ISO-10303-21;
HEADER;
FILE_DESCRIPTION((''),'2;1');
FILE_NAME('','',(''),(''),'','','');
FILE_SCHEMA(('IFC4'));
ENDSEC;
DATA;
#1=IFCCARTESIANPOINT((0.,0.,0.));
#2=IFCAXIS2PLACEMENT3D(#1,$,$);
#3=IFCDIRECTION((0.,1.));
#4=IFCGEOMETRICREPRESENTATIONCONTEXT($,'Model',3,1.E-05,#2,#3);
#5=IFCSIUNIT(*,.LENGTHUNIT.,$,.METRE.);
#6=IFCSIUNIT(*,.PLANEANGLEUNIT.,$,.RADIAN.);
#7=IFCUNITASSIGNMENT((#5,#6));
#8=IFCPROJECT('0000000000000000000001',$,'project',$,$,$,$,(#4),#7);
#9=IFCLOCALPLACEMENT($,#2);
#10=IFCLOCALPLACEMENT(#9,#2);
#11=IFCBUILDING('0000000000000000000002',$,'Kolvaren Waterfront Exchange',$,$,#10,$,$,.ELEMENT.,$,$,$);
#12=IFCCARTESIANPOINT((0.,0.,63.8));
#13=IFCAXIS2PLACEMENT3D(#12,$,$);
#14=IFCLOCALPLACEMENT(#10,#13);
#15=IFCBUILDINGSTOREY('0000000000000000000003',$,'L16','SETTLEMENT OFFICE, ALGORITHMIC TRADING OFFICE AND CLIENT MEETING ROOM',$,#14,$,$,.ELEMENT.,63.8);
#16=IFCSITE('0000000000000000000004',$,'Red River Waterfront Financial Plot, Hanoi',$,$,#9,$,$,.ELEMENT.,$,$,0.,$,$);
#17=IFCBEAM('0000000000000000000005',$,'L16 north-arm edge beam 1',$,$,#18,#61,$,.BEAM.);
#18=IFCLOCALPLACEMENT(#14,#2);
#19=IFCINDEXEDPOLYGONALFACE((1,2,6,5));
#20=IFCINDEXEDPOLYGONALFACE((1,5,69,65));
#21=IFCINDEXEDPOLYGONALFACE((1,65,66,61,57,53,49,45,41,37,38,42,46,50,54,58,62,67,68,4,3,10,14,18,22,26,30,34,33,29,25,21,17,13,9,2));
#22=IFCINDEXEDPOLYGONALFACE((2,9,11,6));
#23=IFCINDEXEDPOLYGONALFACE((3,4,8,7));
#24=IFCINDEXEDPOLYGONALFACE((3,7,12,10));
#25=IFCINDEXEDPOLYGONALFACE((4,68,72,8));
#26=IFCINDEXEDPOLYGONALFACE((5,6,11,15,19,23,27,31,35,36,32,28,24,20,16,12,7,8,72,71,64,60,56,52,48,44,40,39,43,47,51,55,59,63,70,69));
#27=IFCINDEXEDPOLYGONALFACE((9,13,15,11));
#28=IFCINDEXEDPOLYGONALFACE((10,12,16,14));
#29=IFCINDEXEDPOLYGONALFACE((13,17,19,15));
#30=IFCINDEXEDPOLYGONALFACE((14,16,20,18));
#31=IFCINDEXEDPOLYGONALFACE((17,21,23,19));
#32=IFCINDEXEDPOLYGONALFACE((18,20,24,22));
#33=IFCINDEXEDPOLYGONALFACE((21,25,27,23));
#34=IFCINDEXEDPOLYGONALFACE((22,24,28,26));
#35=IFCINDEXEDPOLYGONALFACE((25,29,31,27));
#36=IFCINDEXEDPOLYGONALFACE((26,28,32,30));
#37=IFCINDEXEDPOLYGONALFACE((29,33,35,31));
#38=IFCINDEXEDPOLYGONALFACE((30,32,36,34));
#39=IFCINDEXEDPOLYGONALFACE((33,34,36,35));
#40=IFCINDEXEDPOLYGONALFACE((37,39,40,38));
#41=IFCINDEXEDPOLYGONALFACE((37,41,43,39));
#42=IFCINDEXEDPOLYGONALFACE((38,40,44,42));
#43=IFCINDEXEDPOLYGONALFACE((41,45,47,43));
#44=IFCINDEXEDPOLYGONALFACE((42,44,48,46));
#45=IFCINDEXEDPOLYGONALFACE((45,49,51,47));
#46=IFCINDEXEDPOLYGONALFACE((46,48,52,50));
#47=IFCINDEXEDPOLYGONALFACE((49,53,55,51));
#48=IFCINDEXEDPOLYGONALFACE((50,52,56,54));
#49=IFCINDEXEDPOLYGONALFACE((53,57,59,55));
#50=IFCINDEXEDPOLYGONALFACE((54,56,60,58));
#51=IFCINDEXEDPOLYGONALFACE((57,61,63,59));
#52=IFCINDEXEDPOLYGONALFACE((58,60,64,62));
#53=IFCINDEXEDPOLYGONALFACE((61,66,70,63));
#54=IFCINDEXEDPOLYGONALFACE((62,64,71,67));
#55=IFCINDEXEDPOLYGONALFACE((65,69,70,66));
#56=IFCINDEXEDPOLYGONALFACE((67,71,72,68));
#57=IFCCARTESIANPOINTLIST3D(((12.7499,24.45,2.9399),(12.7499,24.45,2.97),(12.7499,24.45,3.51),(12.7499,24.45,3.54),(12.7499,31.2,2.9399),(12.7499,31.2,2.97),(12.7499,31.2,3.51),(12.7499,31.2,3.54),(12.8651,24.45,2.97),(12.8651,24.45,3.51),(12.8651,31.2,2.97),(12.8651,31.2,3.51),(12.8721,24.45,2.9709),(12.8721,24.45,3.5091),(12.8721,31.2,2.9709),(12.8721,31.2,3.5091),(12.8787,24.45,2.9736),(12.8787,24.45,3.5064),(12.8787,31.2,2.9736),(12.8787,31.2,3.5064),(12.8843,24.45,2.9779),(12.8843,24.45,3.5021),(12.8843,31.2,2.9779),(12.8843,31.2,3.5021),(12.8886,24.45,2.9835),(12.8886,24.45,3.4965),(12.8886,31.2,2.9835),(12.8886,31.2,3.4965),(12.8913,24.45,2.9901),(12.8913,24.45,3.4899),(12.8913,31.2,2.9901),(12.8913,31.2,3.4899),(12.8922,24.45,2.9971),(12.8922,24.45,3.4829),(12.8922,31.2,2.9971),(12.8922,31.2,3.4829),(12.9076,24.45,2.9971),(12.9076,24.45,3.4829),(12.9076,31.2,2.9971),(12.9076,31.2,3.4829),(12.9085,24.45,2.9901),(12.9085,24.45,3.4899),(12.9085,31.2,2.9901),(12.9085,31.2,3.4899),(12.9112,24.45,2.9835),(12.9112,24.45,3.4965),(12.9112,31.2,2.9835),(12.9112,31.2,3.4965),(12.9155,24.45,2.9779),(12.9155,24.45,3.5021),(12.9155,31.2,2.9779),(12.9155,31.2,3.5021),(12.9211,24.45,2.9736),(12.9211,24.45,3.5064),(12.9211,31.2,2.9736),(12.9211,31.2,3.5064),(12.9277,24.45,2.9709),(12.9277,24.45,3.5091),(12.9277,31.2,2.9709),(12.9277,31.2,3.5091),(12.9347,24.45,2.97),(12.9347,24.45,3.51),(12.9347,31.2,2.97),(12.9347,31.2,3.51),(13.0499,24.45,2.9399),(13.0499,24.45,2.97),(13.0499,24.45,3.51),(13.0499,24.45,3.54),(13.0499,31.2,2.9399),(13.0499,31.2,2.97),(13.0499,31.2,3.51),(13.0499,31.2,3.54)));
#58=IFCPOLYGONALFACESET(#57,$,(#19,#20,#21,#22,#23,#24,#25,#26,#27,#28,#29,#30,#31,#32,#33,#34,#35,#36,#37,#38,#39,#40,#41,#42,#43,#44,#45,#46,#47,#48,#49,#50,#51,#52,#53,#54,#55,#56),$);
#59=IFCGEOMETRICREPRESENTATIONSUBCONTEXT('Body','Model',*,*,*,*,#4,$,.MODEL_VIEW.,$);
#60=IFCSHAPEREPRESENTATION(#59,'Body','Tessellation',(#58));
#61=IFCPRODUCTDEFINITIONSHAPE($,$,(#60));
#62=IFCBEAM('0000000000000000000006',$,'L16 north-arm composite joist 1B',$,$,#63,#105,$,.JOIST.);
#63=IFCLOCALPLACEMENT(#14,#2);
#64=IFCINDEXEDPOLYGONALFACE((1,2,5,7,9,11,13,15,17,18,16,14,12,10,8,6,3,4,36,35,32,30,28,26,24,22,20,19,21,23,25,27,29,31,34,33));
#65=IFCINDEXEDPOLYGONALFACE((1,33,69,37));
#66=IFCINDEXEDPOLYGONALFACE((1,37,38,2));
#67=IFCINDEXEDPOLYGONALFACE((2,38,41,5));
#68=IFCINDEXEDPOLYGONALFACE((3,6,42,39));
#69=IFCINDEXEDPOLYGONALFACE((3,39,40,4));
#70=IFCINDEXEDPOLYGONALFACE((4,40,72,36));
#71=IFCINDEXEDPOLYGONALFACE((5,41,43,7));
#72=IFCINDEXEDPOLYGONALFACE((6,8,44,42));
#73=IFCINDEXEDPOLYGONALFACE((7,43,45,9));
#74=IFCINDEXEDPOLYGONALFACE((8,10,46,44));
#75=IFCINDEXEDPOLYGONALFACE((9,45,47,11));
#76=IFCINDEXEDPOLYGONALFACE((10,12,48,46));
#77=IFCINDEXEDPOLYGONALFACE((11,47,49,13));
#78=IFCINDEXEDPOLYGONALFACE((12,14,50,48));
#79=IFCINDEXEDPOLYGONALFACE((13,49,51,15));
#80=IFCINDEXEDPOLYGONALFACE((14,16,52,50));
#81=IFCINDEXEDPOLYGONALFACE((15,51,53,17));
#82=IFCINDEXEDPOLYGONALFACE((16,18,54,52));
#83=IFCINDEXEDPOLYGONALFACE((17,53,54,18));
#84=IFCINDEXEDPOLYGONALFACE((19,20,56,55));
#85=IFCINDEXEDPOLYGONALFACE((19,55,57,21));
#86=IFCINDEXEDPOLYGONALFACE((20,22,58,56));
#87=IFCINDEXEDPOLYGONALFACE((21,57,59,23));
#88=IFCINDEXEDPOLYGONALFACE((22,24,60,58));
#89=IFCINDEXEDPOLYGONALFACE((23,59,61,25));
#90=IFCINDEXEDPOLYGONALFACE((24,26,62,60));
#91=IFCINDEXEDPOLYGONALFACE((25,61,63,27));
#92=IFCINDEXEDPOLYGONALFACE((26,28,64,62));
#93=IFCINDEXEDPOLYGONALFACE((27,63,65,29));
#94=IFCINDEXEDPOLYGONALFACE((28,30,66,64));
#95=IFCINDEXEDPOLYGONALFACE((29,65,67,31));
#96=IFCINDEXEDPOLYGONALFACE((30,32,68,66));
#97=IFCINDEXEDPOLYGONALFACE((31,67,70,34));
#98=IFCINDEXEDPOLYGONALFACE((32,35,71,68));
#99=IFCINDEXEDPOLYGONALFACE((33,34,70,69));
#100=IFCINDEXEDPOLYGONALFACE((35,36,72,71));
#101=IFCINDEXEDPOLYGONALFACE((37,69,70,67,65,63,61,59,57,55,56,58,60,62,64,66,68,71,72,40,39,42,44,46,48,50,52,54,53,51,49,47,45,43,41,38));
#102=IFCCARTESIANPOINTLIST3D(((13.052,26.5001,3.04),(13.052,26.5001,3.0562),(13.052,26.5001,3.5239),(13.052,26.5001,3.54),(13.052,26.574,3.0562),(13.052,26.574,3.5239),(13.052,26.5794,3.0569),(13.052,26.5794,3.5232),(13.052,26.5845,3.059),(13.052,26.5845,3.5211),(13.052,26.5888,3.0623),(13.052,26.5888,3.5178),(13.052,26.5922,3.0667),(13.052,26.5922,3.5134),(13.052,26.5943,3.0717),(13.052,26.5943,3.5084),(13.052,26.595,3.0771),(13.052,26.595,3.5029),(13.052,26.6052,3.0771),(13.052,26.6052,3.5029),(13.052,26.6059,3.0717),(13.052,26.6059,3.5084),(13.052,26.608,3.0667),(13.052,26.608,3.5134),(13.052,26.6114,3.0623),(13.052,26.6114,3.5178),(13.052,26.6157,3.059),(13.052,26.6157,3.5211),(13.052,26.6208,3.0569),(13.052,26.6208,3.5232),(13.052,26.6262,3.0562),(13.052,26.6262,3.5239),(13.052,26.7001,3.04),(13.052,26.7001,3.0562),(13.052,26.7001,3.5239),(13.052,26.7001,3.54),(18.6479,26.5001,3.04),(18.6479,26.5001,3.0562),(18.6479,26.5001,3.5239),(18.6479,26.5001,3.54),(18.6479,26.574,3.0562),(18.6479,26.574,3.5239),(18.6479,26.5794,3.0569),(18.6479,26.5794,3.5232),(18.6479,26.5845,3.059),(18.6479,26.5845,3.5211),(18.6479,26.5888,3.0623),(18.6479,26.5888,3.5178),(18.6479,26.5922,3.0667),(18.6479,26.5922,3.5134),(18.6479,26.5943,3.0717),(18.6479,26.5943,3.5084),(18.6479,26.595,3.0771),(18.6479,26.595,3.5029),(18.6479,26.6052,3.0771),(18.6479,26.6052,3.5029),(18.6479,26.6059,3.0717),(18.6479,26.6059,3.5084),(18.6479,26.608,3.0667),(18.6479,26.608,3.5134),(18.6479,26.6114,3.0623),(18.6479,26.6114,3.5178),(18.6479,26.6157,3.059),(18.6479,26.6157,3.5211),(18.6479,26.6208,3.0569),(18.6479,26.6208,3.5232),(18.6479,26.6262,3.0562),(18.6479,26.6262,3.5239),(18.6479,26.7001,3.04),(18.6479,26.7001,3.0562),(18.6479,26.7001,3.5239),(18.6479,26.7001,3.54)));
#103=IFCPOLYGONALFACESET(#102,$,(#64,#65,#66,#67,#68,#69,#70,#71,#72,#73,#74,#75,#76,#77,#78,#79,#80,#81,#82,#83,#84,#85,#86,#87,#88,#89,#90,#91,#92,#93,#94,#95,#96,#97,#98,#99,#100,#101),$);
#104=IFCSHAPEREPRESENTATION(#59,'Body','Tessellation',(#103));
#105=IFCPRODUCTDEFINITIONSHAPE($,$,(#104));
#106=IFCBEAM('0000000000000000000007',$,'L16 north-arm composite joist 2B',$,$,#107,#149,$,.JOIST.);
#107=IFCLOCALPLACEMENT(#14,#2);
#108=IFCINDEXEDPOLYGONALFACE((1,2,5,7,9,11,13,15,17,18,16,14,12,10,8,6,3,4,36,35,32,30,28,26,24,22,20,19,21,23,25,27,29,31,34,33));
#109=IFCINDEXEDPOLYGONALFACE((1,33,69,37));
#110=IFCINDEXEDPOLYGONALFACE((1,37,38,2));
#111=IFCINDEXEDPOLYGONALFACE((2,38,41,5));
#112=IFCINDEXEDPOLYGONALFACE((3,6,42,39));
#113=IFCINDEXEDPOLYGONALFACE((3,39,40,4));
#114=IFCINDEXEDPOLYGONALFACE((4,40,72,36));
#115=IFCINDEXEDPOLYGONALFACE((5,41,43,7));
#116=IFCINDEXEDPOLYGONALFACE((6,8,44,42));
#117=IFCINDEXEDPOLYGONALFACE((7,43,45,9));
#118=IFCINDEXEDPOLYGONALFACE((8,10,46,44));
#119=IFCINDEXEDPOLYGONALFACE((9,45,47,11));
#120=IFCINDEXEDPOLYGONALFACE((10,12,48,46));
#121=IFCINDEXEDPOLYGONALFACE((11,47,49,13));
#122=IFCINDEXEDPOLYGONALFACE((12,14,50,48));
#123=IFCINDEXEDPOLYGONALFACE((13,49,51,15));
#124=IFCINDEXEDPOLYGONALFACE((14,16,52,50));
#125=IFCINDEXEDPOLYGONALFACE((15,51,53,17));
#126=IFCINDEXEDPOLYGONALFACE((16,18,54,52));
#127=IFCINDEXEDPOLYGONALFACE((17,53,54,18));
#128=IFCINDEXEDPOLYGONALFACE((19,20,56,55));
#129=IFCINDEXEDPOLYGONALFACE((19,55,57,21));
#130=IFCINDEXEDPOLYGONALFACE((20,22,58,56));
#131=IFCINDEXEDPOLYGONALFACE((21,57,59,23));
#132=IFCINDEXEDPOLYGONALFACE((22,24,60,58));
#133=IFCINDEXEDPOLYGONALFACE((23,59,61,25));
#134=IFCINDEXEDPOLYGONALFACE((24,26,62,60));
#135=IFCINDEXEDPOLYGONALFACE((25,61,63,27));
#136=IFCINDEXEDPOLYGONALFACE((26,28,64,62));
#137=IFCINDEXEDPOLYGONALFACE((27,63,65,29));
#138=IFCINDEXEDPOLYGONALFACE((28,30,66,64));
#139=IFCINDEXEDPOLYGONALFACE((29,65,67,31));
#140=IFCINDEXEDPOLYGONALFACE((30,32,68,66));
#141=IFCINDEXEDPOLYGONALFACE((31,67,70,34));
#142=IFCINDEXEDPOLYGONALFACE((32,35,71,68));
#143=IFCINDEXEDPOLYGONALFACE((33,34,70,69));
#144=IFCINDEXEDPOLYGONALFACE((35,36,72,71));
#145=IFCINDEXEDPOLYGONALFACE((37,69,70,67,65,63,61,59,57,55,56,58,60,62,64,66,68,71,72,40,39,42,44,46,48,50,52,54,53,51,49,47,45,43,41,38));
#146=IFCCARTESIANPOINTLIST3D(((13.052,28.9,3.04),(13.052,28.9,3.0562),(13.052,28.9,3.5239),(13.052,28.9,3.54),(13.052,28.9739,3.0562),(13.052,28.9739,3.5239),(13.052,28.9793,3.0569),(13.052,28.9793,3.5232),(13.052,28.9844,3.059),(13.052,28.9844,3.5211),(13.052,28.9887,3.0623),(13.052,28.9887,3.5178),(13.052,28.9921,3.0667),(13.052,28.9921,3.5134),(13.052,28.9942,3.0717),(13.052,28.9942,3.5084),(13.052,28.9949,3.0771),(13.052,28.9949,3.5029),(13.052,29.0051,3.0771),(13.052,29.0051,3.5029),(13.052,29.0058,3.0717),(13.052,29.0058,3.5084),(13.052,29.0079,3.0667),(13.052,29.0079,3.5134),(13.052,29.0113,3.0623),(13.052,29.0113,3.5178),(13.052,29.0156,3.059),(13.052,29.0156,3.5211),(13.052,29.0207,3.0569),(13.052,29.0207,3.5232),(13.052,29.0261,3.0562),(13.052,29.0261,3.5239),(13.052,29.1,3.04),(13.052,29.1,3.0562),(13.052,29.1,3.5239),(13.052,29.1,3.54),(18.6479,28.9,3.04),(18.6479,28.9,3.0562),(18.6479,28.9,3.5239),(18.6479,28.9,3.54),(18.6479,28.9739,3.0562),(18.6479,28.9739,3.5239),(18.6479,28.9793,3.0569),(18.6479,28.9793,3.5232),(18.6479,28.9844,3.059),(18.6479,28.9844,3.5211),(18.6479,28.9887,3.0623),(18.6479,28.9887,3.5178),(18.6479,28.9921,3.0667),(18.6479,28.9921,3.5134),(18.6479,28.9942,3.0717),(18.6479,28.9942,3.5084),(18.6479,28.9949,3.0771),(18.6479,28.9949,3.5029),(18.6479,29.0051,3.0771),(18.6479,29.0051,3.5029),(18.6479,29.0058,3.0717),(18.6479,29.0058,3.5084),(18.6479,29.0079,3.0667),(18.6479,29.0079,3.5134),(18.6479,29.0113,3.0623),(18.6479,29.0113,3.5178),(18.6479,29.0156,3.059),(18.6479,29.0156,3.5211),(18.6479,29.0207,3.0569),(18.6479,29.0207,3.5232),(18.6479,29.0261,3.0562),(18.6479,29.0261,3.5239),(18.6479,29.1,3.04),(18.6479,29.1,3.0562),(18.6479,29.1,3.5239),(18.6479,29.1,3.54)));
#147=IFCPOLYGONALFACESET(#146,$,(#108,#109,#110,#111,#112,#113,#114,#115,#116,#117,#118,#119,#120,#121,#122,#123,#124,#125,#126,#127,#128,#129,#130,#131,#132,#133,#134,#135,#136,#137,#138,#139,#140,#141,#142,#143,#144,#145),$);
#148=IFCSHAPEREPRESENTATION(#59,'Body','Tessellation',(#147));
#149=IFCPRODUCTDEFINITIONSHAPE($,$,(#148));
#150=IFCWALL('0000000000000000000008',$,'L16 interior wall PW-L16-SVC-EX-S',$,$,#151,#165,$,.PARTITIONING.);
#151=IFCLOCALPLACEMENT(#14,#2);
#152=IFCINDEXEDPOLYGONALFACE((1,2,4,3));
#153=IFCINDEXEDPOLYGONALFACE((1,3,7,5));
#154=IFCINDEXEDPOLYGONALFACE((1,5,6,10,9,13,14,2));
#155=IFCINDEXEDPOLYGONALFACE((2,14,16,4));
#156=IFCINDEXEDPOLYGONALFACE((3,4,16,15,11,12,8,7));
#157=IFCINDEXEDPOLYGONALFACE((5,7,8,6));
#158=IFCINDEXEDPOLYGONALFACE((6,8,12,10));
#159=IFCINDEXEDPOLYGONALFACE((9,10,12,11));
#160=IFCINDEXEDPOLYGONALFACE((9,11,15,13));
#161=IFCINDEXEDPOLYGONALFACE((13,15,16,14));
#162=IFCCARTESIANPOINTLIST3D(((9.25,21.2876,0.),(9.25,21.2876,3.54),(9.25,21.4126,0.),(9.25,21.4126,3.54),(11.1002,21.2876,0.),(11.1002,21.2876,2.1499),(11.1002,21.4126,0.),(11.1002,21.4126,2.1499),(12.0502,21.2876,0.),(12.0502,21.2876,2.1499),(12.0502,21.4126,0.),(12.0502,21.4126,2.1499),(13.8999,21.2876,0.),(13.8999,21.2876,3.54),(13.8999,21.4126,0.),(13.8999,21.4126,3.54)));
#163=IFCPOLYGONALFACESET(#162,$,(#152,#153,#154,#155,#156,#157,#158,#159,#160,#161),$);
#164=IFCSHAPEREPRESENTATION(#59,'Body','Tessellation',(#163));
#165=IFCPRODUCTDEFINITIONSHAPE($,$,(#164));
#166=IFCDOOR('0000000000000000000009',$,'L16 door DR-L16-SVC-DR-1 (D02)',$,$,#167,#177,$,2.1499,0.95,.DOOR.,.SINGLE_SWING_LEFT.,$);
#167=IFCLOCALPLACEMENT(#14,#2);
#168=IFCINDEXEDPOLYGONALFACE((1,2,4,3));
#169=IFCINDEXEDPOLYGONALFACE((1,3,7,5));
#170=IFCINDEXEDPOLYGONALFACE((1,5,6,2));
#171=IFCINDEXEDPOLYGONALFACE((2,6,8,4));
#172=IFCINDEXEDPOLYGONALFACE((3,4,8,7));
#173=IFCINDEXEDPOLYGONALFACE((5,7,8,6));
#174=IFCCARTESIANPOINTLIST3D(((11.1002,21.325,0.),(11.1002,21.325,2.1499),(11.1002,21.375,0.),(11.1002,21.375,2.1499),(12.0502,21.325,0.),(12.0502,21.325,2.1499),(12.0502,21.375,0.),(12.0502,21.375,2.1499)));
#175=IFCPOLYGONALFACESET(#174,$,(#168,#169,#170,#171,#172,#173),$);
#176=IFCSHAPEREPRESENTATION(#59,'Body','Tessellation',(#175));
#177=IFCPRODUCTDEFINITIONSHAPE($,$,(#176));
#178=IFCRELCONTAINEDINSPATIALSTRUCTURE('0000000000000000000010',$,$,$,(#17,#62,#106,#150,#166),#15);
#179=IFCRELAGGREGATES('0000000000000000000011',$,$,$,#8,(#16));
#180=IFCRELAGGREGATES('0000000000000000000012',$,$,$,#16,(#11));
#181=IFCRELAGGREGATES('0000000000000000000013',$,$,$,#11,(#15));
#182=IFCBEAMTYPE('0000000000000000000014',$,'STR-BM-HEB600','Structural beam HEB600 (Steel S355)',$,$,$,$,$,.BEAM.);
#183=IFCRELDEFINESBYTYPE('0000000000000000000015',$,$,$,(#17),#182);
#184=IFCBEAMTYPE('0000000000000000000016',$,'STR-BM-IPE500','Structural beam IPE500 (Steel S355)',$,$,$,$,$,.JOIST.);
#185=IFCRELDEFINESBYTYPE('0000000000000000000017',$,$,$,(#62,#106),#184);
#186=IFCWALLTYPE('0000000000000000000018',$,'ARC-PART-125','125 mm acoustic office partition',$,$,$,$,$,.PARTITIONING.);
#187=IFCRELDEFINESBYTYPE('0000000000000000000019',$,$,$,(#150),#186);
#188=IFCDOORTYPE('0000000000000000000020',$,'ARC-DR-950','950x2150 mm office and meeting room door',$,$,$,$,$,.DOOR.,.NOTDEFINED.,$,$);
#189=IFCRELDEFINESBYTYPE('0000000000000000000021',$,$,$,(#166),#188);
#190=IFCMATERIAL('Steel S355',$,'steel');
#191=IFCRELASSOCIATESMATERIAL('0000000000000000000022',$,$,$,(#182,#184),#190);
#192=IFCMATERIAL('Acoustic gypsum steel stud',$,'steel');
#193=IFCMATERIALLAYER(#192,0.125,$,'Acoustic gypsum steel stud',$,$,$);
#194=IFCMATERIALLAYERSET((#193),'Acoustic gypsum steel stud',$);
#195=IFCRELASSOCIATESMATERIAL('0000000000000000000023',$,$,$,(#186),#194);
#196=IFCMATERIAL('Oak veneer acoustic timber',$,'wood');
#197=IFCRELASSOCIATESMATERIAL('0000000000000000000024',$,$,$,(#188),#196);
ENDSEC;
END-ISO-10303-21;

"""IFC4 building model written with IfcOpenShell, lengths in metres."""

from ifc_helpers import new_model, si_unit, direction, frame, frame_2d, origin, origin_2d, place, context, subcontext, project, spatial, rectangle, i_section, extrude, material, layer, layer_set, material_profile, profile_set, type_object, element, fill, save


model = new_model("IFC4")

# Units and contexts
model_context = context("Model", 3, precision=1e-05, world=origin(), true_north=direction((0.0, 1.0)))
body_context = subcontext(model_context, "Body", "Model", "MODEL_VIEW")
ifc_project = project(units=[si_unit("LENGTHUNIT", "METRE"), si_unit("PLANEANGLEUNIT", "RADIAN")], contexts=[model_context])

# Site, building, storey
site_placement = place(None, origin())
site = spatial("IfcSite", under=ifc_project, at=site_placement, Name="Red River Waterfront Financial Plot, Hanoi", CompositionType="ELEMENT", RefElevation=0.0)
building_placement = place(site_placement, origin())
building = spatial("IfcBuilding", under=site, at=building_placement, Name="Kolvaren Waterfront Exchange", CompositionType="ELEMENT")
storey_placement = place(building_placement, frame((0.0, 0.0, 63.8)))
storey = spatial("IfcBuildingStorey", under=building, at=storey_placement, Name="L16", Description="SETTLEMENT OFFICE, ALGORITHMIC TRADING OFFICE AND CLIENT MEETING ROOM", CompositionType="ELEMENT", Elevation=63.8)

# Beams
ifc_material_1 = material(Name="Steel S355", Category="steel")
ifc_material_profile_1 = material_profile(ifc_material_1, i_section(OverallWidth=0.3, OverallDepth=0.6001, WebThickness=0.0154, FlangeThickness=0.03, FilletRadius=0.0271, at=origin_2d()), Name="HEB600")
ifc_profile_set_1 = profile_set([ifc_material_profile_1], Name="Steel S355")
beam_type_1 = type_object("IfcBeamType", Name="STR-BM-HEB600", Description="Structural beam HEB600 (Steel S355)", PredefinedType="BEAM", material=ifc_profile_set_1)
beam_1_placement = place(storey_placement, frame((12.8999, 24.45, 3.24), z_axis=(0.0, 1.0, 0.0), x_axis=(-1.0, 0.0, 0.0)))
element("IfcBeam", 1, at=beam_1_placement, inside=storey, type_object=beam_type_1, Name="L16 north-arm edge beam 1", PredefinedType="BEAM", context=body_context, shape_type="SweptSolid", body=[
    extrude(i_section(OverallWidth=0.3, OverallDepth=0.6001, WebThickness=0.0154, FlangeThickness=0.03, FilletRadius=0.0271, at=origin_2d()), origin(), (0.0, 0.0, 1.0), 6.75),
])
ifc_material_profile_2 = material_profile(ifc_material_1, i_section(OverallWidth=0.2, OverallDepth=0.5, WebThickness=0.0103, FlangeThickness=0.0161, FilletRadius=0.021, at=origin_2d()), Name="IPE500")
ifc_profile_set_2 = profile_set([ifc_material_profile_2], Name="Steel S355")
beam_type_2 = type_object("IfcBeamType", Name="STR-BM-IPE500", Description="Structural beam IPE500 (Steel S355)", PredefinedType="JOIST", material=ifc_profile_set_2)
for number, where, z_axis, x_axis, name in (
    (2, (13.052, 26.6001, 3.29), (1.0, 0.0, 0.0), (0.0, 1.0, 0.0), "L16 north-arm composite joist 1B"),
    (3, (13.052, 29.0, 3.29), (1.0, 0.0, 0.0), (0.0, 1.0, 0.0), "L16 north-arm composite joist 2B"),
):
    element("IfcBeam", number, at=place(storey_placement, frame(where, z_axis=z_axis, x_axis=x_axis)), inside=storey, type_object=beam_type_2, Name=name, PredefinedType="JOIST", context=body_context, shape_type="SweptSolid", body=[
        extrude(i_section(OverallWidth=0.2, OverallDepth=0.5, WebThickness=0.0103, FlangeThickness=0.0161, FilletRadius=0.021, at=origin_2d()), origin(), (0.0, 0.0, 1.0), 5.5959),
    ])

# Wall, opening, door
ifc_material_2 = material(Name="Acoustic gypsum steel stud", Category="steel")
ifc_layer_1 = layer(ifc_material_2, 0.125, Name="Acoustic gypsum steel stud")
ifc_layer_set_1 = layer_set([ifc_layer_1], Name="Acoustic gypsum steel stud")
wall_type_1 = type_object("IfcWallType", Name="ARC-PART-125", Description="125 mm acoustic office partition", PredefinedType="PARTITIONING", material=ifc_layer_set_1)
wall_1_placement = place(storey_placement, frame((9.25, 21.3501, 0.0), z_axis=(0.0, 0.0, 1.0), x_axis=(1.0, 0.0, 0.0)))
wall_1 = element("IfcWall", 4, at=wall_1_placement, inside=storey, type_object=wall_type_1, Name="L16 interior wall PW-L16-SVC-EX-S", PredefinedType="PARTITIONING", context=body_context, shape_type="SweptSolid", body=[
    extrude(rectangle(XDim=4.6499, YDim=0.125, at=frame_2d((2.325, 0.0))), origin(), (0.0, 0.0, 1.0), 3.54),
])
opening_1_placement = place(wall_1_placement, frame((1.8501, 0.0, 0.0)))
opening_1 = element("IfcOpeningElement", 5, at=opening_1_placement, cuts=wall_1, PredefinedType="OPENING", context=body_context, shape_type="SweptSolid", body=[
    extrude(rectangle(XDim=0.95, YDim=2.1499, at=frame_2d((0.4751, 1.075))), frame((0.0, 0.0725, 0.0), z_axis=(0.0, -1.0, 0.0), x_axis=(1.0, 0.0, 0.0)), (0.0, 0.0, 1.0), 0.145),
])
ifc_material_3 = material(Name="Oak veneer acoustic timber", Category="wood")
door_type_1 = type_object("IfcDoorType", Name="ARC-DR-950", Description="950x2150 mm office and meeting room door", OperationType="NOTDEFINED", PredefinedType="DOOR", material=ifc_material_3)
door_1_placement = place(opening_1_placement, origin())
door_1 = element("IfcDoor", 6, at=door_1_placement, inside=storey, type_object=door_type_1, Name="L16 door DR-L16-SVC-DR-1 (D02)", OperationType="SINGLE_SWING_LEFT", OverallHeight=2.1499, OverallWidth=0.95, PredefinedType="DOOR", context=body_context, shape_type="SweptSolid", body=[
    extrude(rectangle(XDim=0.95, YDim=2.1499, at=frame_2d((0.4751, 1.075))), frame((0.0, 0.0249, 0.0), z_axis=(0.0, -1.0, 0.0), x_axis=(1.0, 0.0, 0.0)), (0.0, 0.0, 1.0), 0.05),
])
fill(opening_1, door_1)

save(model, "model.ifc")
